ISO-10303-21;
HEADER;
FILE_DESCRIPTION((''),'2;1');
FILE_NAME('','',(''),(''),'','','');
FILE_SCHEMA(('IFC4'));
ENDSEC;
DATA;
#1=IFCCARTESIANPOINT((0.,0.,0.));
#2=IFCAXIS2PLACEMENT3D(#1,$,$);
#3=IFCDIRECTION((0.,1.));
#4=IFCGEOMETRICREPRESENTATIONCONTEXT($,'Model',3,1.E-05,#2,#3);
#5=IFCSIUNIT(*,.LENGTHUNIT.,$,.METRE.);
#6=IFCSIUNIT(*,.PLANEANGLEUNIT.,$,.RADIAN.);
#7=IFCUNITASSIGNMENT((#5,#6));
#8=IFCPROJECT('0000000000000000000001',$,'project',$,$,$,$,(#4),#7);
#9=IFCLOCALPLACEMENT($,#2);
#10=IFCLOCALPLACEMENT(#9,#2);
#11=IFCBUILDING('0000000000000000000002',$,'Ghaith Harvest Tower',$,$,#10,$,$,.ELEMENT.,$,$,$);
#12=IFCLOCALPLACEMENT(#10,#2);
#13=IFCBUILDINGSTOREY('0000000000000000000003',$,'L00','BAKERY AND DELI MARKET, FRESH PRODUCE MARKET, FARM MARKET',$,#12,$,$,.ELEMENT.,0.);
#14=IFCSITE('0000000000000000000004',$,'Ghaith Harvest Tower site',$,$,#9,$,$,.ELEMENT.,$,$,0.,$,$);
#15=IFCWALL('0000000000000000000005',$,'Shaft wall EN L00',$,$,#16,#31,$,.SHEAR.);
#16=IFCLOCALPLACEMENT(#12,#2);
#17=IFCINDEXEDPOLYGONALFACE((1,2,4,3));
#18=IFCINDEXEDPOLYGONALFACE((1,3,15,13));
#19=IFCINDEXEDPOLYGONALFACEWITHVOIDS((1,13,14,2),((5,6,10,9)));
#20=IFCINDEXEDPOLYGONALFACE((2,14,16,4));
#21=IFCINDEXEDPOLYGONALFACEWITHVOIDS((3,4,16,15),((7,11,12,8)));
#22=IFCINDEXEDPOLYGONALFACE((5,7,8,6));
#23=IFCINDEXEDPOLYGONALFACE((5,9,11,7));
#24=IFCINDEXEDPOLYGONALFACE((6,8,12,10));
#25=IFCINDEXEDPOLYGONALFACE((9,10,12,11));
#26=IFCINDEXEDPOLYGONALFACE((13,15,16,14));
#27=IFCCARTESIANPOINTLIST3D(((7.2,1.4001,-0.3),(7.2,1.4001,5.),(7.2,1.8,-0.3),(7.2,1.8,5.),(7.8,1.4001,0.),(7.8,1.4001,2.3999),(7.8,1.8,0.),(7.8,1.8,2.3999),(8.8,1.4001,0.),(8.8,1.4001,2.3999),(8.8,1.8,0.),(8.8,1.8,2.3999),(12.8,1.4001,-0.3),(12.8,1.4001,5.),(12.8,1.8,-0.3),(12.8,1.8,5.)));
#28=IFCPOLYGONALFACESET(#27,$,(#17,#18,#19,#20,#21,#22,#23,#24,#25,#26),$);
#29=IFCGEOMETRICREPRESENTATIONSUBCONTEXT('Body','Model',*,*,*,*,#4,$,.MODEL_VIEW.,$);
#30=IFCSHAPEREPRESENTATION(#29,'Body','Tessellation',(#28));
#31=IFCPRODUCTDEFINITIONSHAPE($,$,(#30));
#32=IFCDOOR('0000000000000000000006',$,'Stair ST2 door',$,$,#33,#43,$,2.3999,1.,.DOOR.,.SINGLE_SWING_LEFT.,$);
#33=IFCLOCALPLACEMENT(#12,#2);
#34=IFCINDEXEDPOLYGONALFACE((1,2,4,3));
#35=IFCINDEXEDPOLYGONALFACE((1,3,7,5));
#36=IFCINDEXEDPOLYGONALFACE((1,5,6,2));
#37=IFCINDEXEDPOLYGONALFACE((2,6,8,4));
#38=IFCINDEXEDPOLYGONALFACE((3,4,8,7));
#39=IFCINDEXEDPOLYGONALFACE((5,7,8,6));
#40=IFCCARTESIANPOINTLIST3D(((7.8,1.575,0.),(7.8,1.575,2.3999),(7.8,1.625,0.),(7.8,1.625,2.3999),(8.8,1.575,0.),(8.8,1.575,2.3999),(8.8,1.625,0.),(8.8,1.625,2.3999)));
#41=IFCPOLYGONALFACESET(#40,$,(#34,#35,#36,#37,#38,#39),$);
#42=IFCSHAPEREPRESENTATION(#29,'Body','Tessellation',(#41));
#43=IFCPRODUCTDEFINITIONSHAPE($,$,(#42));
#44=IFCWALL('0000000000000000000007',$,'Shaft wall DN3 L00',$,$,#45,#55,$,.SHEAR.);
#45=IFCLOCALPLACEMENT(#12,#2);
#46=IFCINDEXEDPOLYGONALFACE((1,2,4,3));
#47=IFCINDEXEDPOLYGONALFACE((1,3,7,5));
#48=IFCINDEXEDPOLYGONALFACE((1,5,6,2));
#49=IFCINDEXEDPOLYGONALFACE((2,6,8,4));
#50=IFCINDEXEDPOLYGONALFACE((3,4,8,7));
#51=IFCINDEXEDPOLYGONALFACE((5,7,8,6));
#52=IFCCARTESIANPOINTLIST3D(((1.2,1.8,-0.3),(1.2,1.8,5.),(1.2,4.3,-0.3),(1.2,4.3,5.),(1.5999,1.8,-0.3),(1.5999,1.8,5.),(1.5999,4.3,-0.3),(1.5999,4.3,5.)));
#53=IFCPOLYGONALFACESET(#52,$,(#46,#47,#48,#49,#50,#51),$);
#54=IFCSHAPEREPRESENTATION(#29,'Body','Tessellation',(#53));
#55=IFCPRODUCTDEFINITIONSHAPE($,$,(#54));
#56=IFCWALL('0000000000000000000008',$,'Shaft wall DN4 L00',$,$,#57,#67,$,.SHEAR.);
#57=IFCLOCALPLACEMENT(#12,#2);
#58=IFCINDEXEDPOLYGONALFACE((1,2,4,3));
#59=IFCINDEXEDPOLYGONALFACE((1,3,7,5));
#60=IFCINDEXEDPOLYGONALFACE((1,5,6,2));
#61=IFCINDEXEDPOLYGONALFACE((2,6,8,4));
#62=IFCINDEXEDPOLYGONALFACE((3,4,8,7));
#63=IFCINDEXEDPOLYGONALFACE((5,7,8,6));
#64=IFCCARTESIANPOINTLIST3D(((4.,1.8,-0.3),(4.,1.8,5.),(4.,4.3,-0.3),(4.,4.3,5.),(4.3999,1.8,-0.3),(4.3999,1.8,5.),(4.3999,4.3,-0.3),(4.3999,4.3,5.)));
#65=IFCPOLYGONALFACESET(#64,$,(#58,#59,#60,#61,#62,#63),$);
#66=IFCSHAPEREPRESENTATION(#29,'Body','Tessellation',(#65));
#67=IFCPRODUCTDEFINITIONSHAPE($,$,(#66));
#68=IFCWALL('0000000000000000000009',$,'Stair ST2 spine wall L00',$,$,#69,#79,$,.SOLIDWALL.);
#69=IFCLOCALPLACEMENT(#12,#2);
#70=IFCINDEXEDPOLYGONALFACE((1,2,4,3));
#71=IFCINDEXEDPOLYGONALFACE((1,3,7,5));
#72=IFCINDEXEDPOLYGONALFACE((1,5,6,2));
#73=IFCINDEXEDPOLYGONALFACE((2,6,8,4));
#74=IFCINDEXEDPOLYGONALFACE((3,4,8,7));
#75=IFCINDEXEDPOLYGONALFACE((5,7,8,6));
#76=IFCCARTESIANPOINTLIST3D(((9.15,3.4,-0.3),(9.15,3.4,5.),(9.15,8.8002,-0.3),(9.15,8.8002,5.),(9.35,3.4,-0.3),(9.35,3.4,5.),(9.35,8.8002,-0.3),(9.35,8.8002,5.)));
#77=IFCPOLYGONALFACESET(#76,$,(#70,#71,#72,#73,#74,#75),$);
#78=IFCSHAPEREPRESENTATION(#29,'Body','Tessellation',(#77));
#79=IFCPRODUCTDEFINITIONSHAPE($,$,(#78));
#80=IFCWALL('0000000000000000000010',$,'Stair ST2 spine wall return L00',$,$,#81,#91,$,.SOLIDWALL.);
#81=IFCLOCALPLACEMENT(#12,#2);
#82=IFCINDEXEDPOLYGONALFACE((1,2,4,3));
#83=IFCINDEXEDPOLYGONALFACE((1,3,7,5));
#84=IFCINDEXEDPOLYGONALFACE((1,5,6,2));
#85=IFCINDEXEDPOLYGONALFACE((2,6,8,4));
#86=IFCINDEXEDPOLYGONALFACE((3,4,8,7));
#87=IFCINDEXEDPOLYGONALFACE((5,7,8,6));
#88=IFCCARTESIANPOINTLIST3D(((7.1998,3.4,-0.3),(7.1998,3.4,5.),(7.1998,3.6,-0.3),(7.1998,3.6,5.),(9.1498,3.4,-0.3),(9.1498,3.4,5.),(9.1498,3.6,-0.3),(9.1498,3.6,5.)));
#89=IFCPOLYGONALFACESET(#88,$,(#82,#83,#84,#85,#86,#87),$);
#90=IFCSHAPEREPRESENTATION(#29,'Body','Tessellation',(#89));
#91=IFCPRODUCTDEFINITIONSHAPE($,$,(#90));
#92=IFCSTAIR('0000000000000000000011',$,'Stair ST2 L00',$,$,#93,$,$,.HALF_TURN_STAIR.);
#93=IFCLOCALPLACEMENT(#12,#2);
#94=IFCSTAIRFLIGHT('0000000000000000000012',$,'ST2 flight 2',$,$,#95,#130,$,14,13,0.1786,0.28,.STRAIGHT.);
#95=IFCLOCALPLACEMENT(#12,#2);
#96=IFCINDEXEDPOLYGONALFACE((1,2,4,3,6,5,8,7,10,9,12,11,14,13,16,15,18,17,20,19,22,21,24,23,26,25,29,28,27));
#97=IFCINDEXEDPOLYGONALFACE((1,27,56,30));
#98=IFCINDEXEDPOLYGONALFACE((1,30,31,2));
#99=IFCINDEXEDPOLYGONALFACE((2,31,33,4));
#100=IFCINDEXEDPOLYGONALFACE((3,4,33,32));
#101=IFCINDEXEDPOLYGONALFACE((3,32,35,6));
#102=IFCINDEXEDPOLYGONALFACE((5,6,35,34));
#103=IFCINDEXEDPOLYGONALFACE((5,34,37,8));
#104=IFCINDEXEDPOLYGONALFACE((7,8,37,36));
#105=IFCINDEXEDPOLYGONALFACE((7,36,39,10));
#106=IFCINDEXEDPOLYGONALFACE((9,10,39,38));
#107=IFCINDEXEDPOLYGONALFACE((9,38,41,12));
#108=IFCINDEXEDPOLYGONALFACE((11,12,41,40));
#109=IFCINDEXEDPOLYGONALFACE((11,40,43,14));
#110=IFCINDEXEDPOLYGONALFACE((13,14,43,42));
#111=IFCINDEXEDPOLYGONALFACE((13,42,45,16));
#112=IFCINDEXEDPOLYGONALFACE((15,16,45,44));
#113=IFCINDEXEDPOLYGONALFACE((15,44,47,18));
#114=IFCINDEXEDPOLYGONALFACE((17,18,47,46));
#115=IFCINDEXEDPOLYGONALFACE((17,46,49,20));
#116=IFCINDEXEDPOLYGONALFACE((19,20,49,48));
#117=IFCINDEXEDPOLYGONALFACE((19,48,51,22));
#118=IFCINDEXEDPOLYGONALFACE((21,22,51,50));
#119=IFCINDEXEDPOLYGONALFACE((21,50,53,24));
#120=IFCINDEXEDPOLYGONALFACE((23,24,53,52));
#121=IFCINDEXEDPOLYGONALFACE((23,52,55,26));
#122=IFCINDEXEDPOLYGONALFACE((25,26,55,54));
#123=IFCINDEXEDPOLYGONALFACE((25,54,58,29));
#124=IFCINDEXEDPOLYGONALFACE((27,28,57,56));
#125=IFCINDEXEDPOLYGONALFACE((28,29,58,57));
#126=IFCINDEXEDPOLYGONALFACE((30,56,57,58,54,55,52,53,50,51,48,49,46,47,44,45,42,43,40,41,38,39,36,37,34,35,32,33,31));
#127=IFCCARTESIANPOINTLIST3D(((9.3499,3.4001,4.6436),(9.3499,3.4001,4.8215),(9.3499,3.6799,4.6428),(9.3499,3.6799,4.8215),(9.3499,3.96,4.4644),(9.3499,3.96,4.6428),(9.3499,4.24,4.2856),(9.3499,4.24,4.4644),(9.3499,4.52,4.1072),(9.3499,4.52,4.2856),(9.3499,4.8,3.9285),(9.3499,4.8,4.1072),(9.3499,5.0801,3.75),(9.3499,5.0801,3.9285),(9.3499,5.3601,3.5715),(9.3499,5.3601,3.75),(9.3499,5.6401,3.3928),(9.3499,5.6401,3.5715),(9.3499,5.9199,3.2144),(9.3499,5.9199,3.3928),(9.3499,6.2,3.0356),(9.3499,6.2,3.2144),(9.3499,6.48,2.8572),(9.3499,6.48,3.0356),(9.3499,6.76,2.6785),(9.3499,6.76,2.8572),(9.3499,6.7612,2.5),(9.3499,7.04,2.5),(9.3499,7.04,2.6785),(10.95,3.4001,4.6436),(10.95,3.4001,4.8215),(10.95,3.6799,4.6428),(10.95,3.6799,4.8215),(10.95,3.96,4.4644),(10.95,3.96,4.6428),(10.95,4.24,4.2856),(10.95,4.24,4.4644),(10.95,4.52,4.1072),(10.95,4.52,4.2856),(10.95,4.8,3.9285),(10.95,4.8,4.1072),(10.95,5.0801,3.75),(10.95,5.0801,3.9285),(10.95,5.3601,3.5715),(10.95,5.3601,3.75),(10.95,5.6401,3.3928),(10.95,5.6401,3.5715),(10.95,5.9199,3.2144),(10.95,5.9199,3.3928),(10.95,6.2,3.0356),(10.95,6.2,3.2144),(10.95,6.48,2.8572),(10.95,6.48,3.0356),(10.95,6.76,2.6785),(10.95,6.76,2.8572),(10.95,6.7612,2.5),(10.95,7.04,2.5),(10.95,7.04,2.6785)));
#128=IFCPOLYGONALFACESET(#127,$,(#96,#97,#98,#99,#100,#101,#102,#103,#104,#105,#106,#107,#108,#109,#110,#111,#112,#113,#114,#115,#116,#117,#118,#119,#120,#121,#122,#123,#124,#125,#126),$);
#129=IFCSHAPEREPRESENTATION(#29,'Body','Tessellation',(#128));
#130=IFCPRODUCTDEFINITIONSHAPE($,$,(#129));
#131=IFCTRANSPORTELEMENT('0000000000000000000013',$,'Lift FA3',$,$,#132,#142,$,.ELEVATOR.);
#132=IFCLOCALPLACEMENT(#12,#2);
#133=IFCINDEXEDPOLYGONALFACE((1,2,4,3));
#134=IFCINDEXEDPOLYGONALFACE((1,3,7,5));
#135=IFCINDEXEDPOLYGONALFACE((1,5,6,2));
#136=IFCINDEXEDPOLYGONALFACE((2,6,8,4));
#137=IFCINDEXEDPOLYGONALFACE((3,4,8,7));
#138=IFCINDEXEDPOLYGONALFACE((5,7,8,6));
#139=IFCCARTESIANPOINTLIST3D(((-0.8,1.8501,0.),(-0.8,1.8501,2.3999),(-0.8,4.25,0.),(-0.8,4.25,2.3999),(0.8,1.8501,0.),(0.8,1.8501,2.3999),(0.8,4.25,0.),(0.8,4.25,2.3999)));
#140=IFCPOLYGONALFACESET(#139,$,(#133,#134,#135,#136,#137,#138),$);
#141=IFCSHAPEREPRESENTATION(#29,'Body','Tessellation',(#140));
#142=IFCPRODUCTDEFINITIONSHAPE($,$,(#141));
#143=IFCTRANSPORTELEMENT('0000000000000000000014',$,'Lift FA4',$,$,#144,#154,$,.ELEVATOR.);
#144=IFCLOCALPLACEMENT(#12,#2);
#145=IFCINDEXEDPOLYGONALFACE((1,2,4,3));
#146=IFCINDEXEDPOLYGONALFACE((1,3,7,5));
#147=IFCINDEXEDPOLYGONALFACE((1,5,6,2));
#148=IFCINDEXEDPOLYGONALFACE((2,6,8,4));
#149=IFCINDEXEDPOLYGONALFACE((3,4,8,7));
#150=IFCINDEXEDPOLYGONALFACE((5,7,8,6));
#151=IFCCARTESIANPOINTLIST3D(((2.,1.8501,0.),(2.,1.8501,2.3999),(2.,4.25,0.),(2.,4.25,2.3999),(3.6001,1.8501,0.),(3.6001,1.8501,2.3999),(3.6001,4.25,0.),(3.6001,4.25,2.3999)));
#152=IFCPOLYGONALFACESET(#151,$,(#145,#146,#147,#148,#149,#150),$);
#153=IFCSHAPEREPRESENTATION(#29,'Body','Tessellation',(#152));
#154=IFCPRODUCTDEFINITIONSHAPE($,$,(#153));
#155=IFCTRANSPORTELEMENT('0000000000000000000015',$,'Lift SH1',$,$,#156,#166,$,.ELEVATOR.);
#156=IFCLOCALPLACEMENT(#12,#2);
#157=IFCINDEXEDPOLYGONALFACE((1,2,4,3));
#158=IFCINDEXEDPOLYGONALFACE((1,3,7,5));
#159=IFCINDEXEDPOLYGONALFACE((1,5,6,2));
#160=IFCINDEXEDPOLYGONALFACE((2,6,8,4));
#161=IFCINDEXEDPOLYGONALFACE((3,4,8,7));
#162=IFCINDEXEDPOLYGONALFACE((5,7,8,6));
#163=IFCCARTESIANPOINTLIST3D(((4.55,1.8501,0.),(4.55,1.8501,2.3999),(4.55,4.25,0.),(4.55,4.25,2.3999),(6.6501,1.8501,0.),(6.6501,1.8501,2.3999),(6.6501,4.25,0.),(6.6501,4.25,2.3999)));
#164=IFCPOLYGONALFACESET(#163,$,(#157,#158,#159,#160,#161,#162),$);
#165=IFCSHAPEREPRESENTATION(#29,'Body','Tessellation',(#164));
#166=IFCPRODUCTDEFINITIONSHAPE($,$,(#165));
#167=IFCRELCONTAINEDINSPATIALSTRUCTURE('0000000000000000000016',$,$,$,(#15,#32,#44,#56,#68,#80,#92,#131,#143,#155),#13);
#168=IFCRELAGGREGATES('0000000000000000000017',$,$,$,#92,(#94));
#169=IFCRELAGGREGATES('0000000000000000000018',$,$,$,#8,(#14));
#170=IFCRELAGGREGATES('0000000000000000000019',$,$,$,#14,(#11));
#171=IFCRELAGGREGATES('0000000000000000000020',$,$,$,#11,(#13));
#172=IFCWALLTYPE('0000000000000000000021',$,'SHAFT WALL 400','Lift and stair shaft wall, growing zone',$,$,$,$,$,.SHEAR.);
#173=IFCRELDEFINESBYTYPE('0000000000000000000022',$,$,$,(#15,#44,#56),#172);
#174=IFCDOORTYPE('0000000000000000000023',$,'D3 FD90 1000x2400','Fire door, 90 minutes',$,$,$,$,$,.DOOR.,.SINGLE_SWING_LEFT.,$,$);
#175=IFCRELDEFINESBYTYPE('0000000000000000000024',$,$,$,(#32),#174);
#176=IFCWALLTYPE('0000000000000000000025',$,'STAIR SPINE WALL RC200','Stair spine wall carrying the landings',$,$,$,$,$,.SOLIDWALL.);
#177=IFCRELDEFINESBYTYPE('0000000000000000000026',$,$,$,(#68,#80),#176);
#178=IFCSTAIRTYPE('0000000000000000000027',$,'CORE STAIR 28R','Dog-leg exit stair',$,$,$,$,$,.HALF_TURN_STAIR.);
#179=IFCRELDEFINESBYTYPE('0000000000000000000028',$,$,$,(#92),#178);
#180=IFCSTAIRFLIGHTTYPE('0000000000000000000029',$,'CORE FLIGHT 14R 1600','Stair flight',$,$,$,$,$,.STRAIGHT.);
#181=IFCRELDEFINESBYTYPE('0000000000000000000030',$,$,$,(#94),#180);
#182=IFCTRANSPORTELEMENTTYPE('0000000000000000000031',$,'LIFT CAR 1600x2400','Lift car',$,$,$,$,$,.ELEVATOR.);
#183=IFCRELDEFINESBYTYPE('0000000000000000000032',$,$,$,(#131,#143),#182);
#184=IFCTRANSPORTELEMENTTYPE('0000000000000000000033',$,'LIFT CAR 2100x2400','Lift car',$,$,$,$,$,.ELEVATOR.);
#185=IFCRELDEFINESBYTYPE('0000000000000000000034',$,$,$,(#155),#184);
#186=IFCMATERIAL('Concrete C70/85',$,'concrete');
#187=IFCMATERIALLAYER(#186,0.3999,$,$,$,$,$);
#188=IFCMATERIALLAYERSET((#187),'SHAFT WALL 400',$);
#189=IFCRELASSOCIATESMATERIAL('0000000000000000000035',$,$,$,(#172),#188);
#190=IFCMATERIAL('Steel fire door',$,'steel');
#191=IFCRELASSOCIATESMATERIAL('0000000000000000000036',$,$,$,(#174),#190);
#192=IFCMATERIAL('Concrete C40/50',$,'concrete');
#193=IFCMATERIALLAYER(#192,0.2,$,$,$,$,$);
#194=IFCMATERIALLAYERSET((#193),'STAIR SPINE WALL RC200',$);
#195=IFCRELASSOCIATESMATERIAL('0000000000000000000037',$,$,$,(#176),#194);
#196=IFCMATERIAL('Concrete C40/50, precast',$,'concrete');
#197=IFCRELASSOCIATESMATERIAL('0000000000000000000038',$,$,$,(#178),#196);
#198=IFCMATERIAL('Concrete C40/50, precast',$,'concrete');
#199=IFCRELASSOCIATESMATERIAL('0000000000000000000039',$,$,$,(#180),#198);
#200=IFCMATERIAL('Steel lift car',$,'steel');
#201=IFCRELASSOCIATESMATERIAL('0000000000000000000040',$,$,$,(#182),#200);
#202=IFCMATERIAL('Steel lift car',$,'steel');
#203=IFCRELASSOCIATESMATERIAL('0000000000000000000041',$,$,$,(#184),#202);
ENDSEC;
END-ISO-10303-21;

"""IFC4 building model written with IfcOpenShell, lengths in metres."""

from ifc_helpers import new_model, si_unit, direction, frame, frame_2d, origin, origin_2d, place, context, subcontext, project, spatial, polyline, rectangle, outline, extrude, material, layer, layer_set, type_object, element, fill, aggregate, save


model = new_model("IFC4")

# Units and contexts
model_context = context("Model", 3, precision=1e-05, world=origin(), true_north=direction((0.0, 1.0)))
body_context = subcontext(model_context, "Body", "Model", "MODEL_VIEW")
ifc_project = project(units=[si_unit("LENGTHUNIT", "METRE"), si_unit("PLANEANGLEUNIT", "RADIAN")], contexts=[model_context])

# Site, building, storey
site_placement = place(None, origin())
site = spatial("IfcSite", under=ifc_project, at=site_placement, Name="Ghaith Harvest Tower site", CompositionType="ELEMENT", RefElevation=0.0)
building_placement = place(site_placement, origin())
building = spatial("IfcBuilding", under=site, at=building_placement, Name="Ghaith Harvest Tower", CompositionType="ELEMENT")
storey_placement = place(building_placement, origin())
storey = spatial("IfcBuildingStorey", under=building, at=storey_placement, Name="L00", Description="BAKERY AND DELI MARKET, FRESH PRODUCE MARKET, FARM MARKET", CompositionType="ELEMENT", Elevation=0.0)

# Wall, opening, door
ifc_material_1 = material(Name="Concrete C70/85", Category="concrete")
ifc_layer_1 = layer(ifc_material_1, 0.3999)
ifc_layer_set_1 = layer_set([ifc_layer_1], Name="SHAFT WALL 400")
wall_type_1 = type_object("IfcWallType", Name="SHAFT WALL 400", Description="Lift and stair shaft wall, growing zone", PredefinedType="SHEAR", material=ifc_layer_set_1)
wall_1_placement = place(storey_placement, frame((7.2, 1.6001, -0.3), z_axis=(0.0, 0.0, 1.0), x_axis=(1.0, 0.0, 0.0)))
wall_1 = element("IfcWall", 1, at=wall_1_placement, inside=storey, type_object=wall_type_1, Name="Shaft wall EN L00", PredefinedType="SHEAR", context=body_context, shape_type="SweptSolid", body=[
    extrude(rectangle(XDim=5.6001, YDim=0.3999, at=frame_2d((2.8, 0.0))), origin(), (0.0, 0.0, 1.0), 5.3),
])
opening_placement = place(wall_1_placement, frame((0.6001, 0.0, 0.3)))
opening = element("IfcOpeningElement", 2, at=opening_placement, cuts=wall_1, PredefinedType="OPENING", context=body_context, shape_type="SweptSolid", body=[
    extrude(rectangle(XDim=1.0, YDim=2.3999, at=frame_2d((0.5, 1.2))), frame((0.0, 0.21, 0.0), z_axis=(0.0, -1.0, 0.0), x_axis=(1.0, 0.0, 0.0)), (0.0, 0.0, 1.0), 0.4199),
])
ifc_material_2 = material(Name="Steel fire door", Category="steel")
door_type = type_object("IfcDoorType", Name="D3 FD90 1000x2400", Description="Fire door, 90 minutes", OperationType="SINGLE_SWING_LEFT", PredefinedType="DOOR", material=ifc_material_2)
door_placement = place(opening_placement, origin())
door = element("IfcDoor", 3, at=door_placement, inside=storey, type_object=door_type, Name="Stair ST2 door", OperationType="SINGLE_SWING_LEFT", OverallHeight=2.3999, OverallWidth=1.0, PredefinedType="DOOR", context=body_context, shape_type="SweptSolid", body=[
    extrude(rectangle(XDim=1.0, YDim=2.3999, at=frame_2d((0.5, 1.2))), frame((0.0, 0.0249, 0.0), z_axis=(0.0, -1.0, 0.0), x_axis=(1.0, 0.0, 0.0)), (0.0, 0.0, 1.0), 0.05),
])
fill(opening, door)

# Walls
for number, where, z_axis, x_axis, name in (
    (4, (1.3999, 1.8, -0.3), (0.0, 0.0, 1.0), (0.0, 1.0, 0.0), "Shaft wall DN3 L00"),
    (5, (4.2, 1.8, -0.3), (0.0, 0.0, 1.0), (0.0, 1.0, 0.0), "Shaft wall DN4 L00"),
):
    element("IfcWall", number, at=place(storey_placement, frame(where, z_axis=z_axis, x_axis=x_axis)), inside=storey, type_object=wall_type_1, Name=name, PredefinedType="SHEAR", context=body_context, shape_type="SweptSolid", body=[
        extrude(rectangle(XDim=2.5, YDim=0.3999, at=frame_2d((1.25, 0.0))), origin(), (0.0, 0.0, 1.0), 5.3),
    ])
ifc_material_3 = material(Name="Concrete C40/50", Category="concrete")
ifc_layer_2 = layer(ifc_material_3, 0.2)
ifc_layer_set_2 = layer_set([ifc_layer_2], Name="STAIR SPINE WALL RC200")
wall_type_2 = type_object("IfcWallType", Name="STAIR SPINE WALL RC200", Description="Stair spine wall carrying the landings", PredefinedType="SOLIDWALL", material=ifc_layer_set_2)
wall_2_placement = place(storey_placement, frame((9.25, 3.3999, -0.3), z_axis=(0.0, 0.0, 1.0), x_axis=(0.0, 1.0, 0.0)))
element("IfcWall", 6, at=wall_2_placement, inside=storey, type_object=wall_type_2, Name="Stair ST2 spine wall L00", PredefinedType="SOLIDWALL", context=body_context, shape_type="SweptSolid", body=[
    extrude(rectangle(XDim=5.4001, YDim=0.2, at=frame_2d((2.7002, 0.0))), origin(), (0.0, 0.0, 1.0), 5.3),
])
wall_3_placement = place(storey_placement, frame((9.1499, 3.5, -0.3), z_axis=(0.0, 0.0, 1.0), x_axis=(-1.0, 0.0, 0.0)))
element("IfcWall", 7, at=wall_3_placement, inside=storey, type_object=wall_type_2, Name="Stair ST2 spine wall return L00", PredefinedType="SOLIDWALL", context=body_context, shape_type="SweptSolid", body=[
    extrude(rectangle(XDim=1.95, YDim=0.2, at=frame_2d((0.9751, 0.0))), origin(), (0.0, 0.0, 1.0), 5.3),
])

# Stair, stair flight
ifc_material_4 = material(Name="Concrete C40/50, precast", Category="concrete")
stair_type = type_object("IfcStairType", Name="CORE STAIR 28R", Description="Dog-leg exit stair", PredefinedType="HALF_TURN_STAIR", material=ifc_material_4)
stair_placement = place(storey_placement, origin())
stair = element("IfcStair", 8, at=stair_placement, inside=storey, type_object=stair_type, Name="Stair ST2 L00", PredefinedType="HALF_TURN_STAIR")
ifc_material_5 = material(Name="Concrete C40/50, precast", Category="concrete")
stair_flight_type = type_object("IfcStairFlightType", Name="CORE FLIGHT 14R 1600", Description="Stair flight", PredefinedType="STRAIGHT", material=ifc_material_5)
stair_flight_placement = place(storey_placement, frame((10.1499, 7.04, 2.5), z_axis=(0.0, 0.0, 1.0), x_axis=(0.0, -1.0, 0.0)))
stair_flight = element("IfcStairFlight", 9, at=stair_flight_placement, type_object=stair_flight_type, Name="ST2 flight 2", NumberOfRisers=14, NumberOfTreads=13, PredefinedType="STRAIGHT", RiserHeight=0.1786, TreadLength=0.28, context=body_context, shape_type="SweptSolid", body=[
    extrude(outline(polyline([(0.0, 0.0), (0.0, 0.1785), (0.28, 0.1785), (0.28, 0.3572), (0.5601, 0.3572), (0.5601, 0.5356), (0.8401, 0.5356), (0.8401, 0.7144), (1.1201, 0.7144), (1.1201, 0.8928), (1.3999, 0.8928), (1.3999, 1.0715), (1.6799, 1.0715), (1.6799, 1.25), (1.96, 1.25), (1.96, 1.4285), (2.24, 1.4285), (2.24, 1.6072), (2.52, 1.6072), (2.52, 1.7856), (2.8, 1.7856), (2.8, 1.9644), (3.0801, 1.9644), (3.0801, 2.1428), (3.3601, 2.1428), (3.3601, 2.3215), (3.6399, 2.3215), (3.6399, 2.5), (3.6399, 2.1436), (0.2788, 0.0), (0.0, 0.0)])), frame((0.0, 0.8, 0.0), z_axis=(0.0, -1.0, 0.0), x_axis=(1.0, 0.0, 0.0)), (0.0, 0.0, 1.0), 1.6001),
])
aggregate(stair, [stair_flight])

# Transport elements
ifc_material_6 = material(Name="Steel lift car", Category="steel")
transport_element_type_1 = type_object("IfcTransportElementType", Name="LIFT CAR 1600x2400", Description="Lift car", PredefinedType="ELEVATOR", material=ifc_material_6)
for number, where, z_axis, x_axis, name in (
    (10, (0.0, 3.05, 0.0), (0.0, 0.0, 1.0), (1.0, 0.0, 0.0), "Lift FA3"),
    (11, (2.8, 3.05, 0.0), (0.0, 0.0, 1.0), (1.0, 0.0, 0.0), "Lift FA4"),
):
    element("IfcTransportElement", number, at=place(storey_placement, frame(where, z_axis=z_axis, x_axis=x_axis)), inside=storey, type_object=transport_element_type_1, Name=name, PredefinedType="ELEVATOR", context=body_context, shape_type="SweptSolid", body=[
        extrude(rectangle(XDim=1.6001, YDim=2.3999, at=origin_2d()), origin(), (0.0, 0.0, 1.0), 2.3999),
    ])
ifc_material_7 = material(Name="Steel lift car", Category="steel")
transport_element_type_2 = type_object("IfcTransportElementType", Name="LIFT CAR 2100x2400", Description="Lift car", PredefinedType="ELEVATOR", material=ifc_material_7)
transport_element_placement = place(storey_placement, frame((5.6001, 3.05, 0.0), z_axis=(0.0, 0.0, 1.0), x_axis=(1.0, 0.0, 0.0)))
element("IfcTransportElement", 12, at=transport_element_placement, inside=storey, type_object=transport_element_type_2, Name="Lift SH1", PredefinedType="ELEVATOR", context=body_context, shape_type="SweptSolid", body=[
    extrude(rectangle(XDim=2.1001, YDim=2.3999, at=origin_2d()), origin(), (0.0, 0.0, 1.0), 2.3999),
])

save(model, "model.ifc")
